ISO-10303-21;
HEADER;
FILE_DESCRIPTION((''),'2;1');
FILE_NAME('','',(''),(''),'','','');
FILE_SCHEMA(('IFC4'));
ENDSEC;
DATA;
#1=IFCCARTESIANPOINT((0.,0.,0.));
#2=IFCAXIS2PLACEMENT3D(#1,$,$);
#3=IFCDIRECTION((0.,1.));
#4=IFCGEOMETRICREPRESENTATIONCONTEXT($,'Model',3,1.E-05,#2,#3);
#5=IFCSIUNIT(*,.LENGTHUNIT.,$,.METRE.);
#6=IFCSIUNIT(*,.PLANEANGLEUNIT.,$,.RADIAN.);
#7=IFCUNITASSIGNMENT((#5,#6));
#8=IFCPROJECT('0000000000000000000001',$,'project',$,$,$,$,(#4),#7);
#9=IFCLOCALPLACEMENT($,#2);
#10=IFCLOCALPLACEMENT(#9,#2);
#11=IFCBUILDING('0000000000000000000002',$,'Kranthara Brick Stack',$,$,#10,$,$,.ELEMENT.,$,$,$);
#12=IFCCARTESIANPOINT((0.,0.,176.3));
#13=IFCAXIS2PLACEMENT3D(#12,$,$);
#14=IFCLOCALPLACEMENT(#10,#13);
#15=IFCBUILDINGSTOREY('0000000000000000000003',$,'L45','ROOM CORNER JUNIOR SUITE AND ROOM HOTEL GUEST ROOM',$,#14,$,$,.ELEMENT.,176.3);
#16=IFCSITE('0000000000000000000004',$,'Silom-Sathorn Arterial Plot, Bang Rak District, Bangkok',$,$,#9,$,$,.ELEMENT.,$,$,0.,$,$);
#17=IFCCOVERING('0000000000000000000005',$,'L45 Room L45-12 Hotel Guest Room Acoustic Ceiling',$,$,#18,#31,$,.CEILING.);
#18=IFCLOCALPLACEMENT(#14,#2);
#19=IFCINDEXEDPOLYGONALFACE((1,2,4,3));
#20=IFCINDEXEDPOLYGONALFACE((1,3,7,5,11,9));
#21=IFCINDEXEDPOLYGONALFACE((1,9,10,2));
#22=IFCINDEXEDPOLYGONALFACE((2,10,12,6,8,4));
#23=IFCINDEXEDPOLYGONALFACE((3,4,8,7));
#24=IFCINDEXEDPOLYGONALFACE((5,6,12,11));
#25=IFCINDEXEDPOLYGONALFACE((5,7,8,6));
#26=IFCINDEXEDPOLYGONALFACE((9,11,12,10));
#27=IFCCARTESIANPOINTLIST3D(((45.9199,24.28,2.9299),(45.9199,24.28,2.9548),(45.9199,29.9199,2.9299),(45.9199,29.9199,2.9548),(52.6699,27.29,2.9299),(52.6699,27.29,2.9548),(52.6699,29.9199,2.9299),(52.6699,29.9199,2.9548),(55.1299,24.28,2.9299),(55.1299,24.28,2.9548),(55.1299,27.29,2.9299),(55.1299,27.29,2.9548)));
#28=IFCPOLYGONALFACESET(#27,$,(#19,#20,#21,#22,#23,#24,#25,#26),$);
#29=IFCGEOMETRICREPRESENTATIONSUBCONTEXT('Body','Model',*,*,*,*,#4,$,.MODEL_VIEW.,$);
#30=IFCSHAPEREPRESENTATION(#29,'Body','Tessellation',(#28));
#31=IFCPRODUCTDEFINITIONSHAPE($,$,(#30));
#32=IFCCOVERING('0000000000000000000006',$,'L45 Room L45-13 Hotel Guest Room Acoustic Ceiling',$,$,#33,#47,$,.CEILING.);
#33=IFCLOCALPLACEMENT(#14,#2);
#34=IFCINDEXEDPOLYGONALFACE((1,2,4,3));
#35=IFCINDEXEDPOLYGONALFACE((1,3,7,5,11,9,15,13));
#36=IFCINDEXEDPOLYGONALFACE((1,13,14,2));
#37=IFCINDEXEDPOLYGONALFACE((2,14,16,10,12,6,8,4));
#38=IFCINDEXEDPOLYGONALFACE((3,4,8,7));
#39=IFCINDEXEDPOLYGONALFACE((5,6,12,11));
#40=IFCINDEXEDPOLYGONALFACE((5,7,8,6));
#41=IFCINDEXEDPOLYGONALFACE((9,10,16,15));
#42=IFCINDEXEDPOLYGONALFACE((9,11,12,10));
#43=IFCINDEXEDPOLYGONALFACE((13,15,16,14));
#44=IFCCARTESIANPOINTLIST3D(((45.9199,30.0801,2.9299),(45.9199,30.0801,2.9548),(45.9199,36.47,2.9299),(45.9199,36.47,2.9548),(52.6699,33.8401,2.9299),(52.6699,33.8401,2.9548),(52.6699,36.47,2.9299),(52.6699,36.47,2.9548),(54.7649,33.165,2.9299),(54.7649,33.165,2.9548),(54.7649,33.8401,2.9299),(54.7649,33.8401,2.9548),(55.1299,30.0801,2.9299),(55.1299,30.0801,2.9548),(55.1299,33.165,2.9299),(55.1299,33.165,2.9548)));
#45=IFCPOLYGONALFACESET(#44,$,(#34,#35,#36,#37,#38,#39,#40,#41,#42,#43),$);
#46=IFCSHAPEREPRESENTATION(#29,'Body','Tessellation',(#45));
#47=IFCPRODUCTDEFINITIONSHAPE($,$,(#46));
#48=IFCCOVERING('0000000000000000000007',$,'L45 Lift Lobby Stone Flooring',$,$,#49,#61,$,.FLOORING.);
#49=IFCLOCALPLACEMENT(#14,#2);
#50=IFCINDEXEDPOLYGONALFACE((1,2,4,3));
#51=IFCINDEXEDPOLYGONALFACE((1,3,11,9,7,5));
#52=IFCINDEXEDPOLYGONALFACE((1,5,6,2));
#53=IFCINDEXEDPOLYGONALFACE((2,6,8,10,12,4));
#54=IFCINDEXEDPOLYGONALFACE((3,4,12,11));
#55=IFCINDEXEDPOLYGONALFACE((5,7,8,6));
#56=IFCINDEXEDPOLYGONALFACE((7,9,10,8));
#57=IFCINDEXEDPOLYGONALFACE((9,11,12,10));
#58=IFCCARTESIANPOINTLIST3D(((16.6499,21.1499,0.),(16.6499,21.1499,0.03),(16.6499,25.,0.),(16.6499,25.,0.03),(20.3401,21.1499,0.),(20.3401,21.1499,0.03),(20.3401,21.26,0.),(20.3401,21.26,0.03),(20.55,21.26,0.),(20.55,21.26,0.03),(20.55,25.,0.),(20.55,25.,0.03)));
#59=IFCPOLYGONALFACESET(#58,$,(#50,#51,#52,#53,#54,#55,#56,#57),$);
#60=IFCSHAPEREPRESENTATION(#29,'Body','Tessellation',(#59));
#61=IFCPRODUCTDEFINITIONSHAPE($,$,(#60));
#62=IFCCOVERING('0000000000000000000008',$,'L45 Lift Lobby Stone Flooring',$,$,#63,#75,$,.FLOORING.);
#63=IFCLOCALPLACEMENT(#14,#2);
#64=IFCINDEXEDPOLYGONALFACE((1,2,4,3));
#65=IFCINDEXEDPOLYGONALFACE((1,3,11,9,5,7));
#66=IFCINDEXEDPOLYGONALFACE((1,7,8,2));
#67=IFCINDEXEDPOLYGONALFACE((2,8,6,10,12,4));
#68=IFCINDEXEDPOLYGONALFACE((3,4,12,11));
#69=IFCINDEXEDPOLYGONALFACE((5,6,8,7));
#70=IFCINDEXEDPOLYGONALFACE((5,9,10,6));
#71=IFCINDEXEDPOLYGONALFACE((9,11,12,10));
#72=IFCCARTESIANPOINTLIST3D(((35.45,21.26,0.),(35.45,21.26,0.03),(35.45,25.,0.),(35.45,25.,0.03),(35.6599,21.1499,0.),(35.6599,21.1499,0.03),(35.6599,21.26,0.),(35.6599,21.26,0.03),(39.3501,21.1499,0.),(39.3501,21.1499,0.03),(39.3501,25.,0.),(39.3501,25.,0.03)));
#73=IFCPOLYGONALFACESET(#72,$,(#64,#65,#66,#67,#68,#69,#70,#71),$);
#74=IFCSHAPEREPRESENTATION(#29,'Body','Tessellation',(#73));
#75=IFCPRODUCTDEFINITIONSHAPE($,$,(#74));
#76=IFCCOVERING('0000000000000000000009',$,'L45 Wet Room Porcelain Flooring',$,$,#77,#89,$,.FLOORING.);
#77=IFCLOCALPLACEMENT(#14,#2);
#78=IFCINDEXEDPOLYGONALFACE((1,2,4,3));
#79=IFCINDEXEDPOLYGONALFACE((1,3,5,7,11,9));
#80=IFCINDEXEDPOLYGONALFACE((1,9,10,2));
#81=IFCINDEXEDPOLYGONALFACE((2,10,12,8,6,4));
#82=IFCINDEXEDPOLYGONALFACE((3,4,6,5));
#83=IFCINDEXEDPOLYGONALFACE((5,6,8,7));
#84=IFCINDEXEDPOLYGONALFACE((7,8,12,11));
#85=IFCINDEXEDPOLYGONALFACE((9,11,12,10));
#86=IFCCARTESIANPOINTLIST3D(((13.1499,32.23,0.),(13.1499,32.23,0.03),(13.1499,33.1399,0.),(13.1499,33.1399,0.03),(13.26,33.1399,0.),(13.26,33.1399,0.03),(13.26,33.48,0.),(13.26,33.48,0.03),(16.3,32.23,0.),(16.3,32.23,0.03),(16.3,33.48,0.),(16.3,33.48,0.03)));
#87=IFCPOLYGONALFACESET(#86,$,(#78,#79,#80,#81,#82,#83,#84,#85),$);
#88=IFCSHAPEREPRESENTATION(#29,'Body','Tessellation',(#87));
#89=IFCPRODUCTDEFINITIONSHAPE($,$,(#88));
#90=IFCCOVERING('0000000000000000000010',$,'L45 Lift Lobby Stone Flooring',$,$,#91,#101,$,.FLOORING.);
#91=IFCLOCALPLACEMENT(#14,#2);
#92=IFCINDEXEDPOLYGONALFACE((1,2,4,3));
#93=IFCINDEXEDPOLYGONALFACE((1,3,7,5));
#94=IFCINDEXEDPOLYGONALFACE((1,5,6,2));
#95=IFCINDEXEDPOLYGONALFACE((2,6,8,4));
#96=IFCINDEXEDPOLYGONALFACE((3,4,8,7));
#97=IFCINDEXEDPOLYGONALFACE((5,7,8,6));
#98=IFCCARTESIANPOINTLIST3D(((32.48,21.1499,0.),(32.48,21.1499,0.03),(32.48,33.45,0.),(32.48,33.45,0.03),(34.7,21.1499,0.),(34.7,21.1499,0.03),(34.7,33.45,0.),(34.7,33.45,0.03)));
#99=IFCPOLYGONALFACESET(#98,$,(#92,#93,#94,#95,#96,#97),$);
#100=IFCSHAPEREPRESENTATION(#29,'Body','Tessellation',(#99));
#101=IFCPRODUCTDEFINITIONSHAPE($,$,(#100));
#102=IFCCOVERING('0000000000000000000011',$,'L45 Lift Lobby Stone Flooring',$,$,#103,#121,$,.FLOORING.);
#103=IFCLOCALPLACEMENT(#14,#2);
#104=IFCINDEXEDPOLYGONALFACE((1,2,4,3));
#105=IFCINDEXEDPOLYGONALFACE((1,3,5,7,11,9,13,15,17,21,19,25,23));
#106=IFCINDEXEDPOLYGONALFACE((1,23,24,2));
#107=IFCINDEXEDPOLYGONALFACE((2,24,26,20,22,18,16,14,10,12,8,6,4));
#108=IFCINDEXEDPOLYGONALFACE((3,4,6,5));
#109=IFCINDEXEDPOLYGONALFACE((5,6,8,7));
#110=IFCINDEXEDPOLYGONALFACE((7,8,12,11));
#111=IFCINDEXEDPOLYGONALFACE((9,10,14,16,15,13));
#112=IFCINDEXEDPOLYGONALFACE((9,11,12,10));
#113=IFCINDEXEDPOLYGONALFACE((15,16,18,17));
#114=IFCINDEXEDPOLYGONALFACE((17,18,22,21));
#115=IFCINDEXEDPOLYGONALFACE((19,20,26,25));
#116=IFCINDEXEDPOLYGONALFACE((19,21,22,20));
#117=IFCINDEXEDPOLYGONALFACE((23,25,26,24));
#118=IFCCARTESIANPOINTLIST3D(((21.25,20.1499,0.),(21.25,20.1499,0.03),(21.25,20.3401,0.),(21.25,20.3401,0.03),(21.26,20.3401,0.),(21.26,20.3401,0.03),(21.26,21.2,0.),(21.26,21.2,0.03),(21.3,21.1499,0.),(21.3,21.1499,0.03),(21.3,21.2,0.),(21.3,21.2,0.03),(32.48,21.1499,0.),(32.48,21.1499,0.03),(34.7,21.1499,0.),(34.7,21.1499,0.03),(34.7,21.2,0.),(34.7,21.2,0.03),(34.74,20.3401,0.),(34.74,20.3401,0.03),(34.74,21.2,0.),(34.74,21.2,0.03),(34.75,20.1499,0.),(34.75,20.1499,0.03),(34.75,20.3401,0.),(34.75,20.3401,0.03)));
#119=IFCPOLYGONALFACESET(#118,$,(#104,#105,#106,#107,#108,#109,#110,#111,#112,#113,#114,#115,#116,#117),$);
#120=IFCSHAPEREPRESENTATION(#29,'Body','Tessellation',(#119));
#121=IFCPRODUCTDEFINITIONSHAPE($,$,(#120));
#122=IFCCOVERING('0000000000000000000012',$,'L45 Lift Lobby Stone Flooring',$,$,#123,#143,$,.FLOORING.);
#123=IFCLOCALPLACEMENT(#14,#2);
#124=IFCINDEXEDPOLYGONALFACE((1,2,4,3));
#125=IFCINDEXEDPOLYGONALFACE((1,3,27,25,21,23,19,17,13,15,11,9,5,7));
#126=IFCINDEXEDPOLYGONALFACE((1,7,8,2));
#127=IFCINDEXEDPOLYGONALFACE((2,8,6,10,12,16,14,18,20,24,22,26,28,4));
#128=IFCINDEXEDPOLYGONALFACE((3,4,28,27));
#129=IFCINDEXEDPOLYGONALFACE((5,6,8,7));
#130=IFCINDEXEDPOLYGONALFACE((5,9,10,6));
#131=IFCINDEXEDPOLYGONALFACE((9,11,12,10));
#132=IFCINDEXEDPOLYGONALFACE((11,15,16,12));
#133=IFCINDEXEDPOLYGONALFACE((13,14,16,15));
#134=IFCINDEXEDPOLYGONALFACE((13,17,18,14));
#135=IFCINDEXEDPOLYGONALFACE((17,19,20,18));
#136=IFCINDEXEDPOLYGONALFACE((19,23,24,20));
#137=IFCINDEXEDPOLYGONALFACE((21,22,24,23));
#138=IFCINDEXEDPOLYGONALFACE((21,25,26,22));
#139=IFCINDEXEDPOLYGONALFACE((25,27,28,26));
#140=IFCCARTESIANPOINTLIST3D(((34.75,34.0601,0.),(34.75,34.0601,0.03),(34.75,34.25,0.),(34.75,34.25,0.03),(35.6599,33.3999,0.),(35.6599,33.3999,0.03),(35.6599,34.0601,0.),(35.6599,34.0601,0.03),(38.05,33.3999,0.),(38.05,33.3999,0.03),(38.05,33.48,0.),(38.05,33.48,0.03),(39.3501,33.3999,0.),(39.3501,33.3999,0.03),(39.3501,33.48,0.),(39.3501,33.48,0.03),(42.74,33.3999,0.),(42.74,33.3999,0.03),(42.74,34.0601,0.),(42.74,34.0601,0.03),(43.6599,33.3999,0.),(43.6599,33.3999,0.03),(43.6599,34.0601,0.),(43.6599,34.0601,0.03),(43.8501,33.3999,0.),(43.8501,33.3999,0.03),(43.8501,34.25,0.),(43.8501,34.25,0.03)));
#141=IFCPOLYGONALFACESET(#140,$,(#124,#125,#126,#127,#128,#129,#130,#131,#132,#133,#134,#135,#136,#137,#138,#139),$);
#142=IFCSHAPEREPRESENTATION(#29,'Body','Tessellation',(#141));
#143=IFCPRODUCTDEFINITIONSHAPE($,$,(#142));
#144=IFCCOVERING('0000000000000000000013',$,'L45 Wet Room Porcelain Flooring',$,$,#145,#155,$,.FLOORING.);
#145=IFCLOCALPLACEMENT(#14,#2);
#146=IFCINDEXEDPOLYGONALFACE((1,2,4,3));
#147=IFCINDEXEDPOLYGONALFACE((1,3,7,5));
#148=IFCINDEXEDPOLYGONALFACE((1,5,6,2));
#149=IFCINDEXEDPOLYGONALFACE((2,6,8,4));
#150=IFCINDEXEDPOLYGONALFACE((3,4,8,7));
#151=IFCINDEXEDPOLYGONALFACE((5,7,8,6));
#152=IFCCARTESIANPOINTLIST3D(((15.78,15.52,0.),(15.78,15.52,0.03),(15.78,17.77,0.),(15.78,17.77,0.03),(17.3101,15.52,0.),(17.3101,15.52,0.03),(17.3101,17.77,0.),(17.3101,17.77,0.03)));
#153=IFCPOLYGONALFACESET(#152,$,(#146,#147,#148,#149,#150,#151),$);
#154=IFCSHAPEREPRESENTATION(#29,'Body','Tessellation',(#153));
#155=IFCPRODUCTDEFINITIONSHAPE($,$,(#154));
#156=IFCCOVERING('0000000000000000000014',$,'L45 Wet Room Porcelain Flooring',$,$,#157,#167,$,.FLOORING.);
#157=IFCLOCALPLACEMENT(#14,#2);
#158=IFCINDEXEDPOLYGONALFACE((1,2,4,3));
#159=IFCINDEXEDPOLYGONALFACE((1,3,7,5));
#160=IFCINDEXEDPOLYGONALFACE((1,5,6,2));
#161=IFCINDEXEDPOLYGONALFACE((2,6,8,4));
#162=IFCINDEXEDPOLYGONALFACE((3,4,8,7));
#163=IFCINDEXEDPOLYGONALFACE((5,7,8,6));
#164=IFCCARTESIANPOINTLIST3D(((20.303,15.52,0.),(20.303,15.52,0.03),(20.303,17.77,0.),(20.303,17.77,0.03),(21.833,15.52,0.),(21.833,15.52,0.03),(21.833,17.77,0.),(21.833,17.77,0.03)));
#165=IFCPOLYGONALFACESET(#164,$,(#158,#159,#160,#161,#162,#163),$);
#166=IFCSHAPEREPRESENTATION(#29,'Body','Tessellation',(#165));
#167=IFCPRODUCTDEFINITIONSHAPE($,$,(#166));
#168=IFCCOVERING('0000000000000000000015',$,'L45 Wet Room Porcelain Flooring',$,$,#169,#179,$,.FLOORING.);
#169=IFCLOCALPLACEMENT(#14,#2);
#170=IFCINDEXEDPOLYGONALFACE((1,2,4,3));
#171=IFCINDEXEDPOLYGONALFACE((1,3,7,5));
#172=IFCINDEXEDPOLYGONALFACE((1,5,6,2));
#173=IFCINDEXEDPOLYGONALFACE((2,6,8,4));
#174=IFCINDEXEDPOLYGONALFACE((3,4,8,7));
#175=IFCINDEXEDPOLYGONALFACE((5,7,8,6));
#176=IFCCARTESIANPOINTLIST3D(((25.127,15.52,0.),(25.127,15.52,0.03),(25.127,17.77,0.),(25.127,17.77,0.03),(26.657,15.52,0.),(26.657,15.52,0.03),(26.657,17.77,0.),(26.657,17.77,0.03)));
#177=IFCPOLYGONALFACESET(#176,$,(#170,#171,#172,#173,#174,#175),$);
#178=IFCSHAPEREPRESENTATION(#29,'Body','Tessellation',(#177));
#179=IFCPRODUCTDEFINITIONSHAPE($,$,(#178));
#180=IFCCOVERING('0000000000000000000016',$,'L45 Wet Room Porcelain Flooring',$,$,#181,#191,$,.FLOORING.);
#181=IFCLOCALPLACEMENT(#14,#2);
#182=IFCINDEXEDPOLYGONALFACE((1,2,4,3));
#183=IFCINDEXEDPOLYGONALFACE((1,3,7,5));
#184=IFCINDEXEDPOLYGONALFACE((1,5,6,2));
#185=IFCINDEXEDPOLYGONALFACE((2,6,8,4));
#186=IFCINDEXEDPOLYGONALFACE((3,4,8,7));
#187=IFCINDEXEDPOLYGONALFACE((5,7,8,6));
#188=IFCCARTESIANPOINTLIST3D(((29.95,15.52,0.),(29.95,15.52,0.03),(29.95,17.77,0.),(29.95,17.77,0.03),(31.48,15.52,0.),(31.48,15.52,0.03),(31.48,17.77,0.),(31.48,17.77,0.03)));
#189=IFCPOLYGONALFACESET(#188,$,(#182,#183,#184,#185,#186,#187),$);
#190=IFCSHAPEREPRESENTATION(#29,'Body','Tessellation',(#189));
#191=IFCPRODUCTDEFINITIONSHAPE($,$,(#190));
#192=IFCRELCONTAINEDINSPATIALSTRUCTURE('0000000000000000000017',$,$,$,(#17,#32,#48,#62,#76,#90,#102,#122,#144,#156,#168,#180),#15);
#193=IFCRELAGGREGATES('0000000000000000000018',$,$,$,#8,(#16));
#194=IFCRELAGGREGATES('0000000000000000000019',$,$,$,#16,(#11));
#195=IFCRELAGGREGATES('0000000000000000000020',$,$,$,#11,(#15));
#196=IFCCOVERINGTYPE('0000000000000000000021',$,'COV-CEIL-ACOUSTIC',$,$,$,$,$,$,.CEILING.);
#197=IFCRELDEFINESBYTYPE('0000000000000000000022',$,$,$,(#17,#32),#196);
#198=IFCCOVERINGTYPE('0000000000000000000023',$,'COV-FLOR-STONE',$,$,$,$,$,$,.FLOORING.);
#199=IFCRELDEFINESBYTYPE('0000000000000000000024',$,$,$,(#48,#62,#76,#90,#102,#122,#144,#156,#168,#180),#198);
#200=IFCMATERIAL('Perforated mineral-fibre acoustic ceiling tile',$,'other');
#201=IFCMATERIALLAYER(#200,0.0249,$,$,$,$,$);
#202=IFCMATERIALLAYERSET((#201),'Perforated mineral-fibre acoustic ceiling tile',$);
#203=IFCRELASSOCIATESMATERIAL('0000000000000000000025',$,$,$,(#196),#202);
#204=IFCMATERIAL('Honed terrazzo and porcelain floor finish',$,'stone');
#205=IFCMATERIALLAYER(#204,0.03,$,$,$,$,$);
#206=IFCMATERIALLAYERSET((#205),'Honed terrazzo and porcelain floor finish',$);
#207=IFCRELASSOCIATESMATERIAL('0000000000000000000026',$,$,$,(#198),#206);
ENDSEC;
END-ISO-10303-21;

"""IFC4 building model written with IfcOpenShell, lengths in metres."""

from ifc_helpers import new_model, si_unit, direction, frame, origin, place, context, subcontext, project, spatial, polyline, outline, extrude, material, layer, layer_set, type_object, element, save


model = new_model("IFC4")

# Units and contexts
model_context = context("Model", 3, precision=1e-05, world=origin(), true_north=direction((0.0, 1.0)))
body_context = subcontext(model_context, "Body", "Model", "MODEL_VIEW")
ifc_project = project(units=[si_unit("LENGTHUNIT", "METRE"), si_unit("PLANEANGLEUNIT", "RADIAN")], contexts=[model_context])

# Site, building, storey
site_placement = place(None, origin())
site = spatial("IfcSite", under=ifc_project, at=site_placement, Name="Silom-Sathorn Arterial Plot, Bang Rak District, Bangkok", CompositionType="ELEMENT", RefElevation=0.0)
building_placement = place(site_placement, origin())
building = spatial("IfcBuilding", under=site, at=building_placement, Name="Kranthara Brick Stack", CompositionType="ELEMENT")
storey_placement = place(building_placement, frame((0.0, 0.0, 176.3)))
storey = spatial("IfcBuildingStorey", under=building, at=storey_placement, Name="L45", Description="ROOM CORNER JUNIOR SUITE AND ROOM HOTEL GUEST ROOM", CompositionType="ELEMENT", Elevation=176.3)

# Coverings
ifc_material_1 = material(Name="Perforated mineral-fibre acoustic ceiling tile", Category="other")
ifc_layer_1 = layer(ifc_material_1, 0.0249)
ifc_layer_set_1 = layer_set([ifc_layer_1], Name="Perforated mineral-fibre acoustic ceiling tile")
covering_type_1 = type_object("IfcCoveringType", Name="COV-CEIL-ACOUSTIC", PredefinedType="CEILING", material=ifc_layer_set_1)
covering_1_placement = place(storey_placement, frame((0.0, 0.0, 2.9299)))
element("IfcCovering", 1, at=covering_1_placement, inside=storey, type_object=covering_type_1, Name="L45 Room L45-12 Hotel Guest Room Acoustic Ceiling", PredefinedType="CEILING", context=body_context, shape_type="SweptSolid", body=[
    extrude(outline(polyline([(45.9199, 24.28), (55.1299, 24.28), (55.1299, 27.29), (52.6699, 27.29), (52.6699, 29.9199), (45.9199, 29.9199), (45.9199, 24.28)])), origin(), (0.0, 0.0, 1.0), 0.0249),
])
covering_2_placement = place(storey_placement, frame((0.0, 0.0, 2.9299)))
element("IfcCovering", 2, at=covering_2_placement, inside=storey, type_object=covering_type_1, Name="L45 Room L45-13 Hotel Guest Room Acoustic Ceiling", PredefinedType="CEILING", context=body_context, shape_type="SweptSolid", body=[
    extrude(outline(polyline([(55.1299, 30.0801), (45.9199, 30.0801), (45.9199, 36.47), (52.6699, 36.47), (52.6699, 33.8401), (54.7649, 33.8401), (54.7649, 33.165), (55.1299, 33.165), (55.1299, 30.0801)])), origin(), (0.0, 0.0, 1.0), 0.0249),
])
ifc_material_2 = material(Name="Honed terrazzo and porcelain floor finish", Category="stone")
ifc_layer_2 = layer(ifc_material_2, 0.03)
ifc_layer_set_2 = layer_set([ifc_layer_2], Name="Honed terrazzo and porcelain floor finish")
covering_type_2 = type_object("IfcCoveringType", Name="COV-FLOR-STONE", PredefinedType="FLOORING", material=ifc_layer_set_2)
covering_3_placement = place(storey_placement, origin())
element("IfcCovering", 3, at=covering_3_placement, inside=storey, type_object=covering_type_2, Name="L45 Lift Lobby Stone Flooring", PredefinedType="FLOORING", context=body_context, shape_type="SweptSolid", body=[
    extrude(outline(polyline([(16.6499, 21.1499), (16.6499, 25.0), (20.55, 25.0), (20.55, 21.26), (20.3401, 21.26), (20.3401, 21.1499), (16.6499, 21.1499)])), origin(), (0.0, 0.0, 1.0), 0.03),
])
covering_4_placement = place(storey_placement, origin())
element("IfcCovering", 4, at=covering_4_placement, inside=storey, type_object=covering_type_2, Name="L45 Lift Lobby Stone Flooring", PredefinedType="FLOORING", context=body_context, shape_type="SweptSolid", body=[
    extrude(outline(polyline([(35.45, 25.0), (39.3501, 25.0), (39.3501, 21.1499), (35.6599, 21.1499), (35.6599, 21.26), (35.45, 21.26), (35.45, 25.0)])), origin(), (0.0, 0.0, 1.0), 0.03),
])
covering_5_placement = place(storey_placement, origin())
element("IfcCovering", 5, at=covering_5_placement, inside=storey, type_object=covering_type_2, Name="L45 Wet Room Porcelain Flooring", PredefinedType="FLOORING", context=body_context, shape_type="SweptSolid", body=[
    extrude(outline(polyline([(16.3, 33.48), (16.3, 32.23), (13.1499, 32.23), (13.1499, 33.1399), (13.26, 33.1399), (13.26, 33.48), (16.3, 33.48)])), origin(), (0.0, 0.0, 1.0), 0.03),
])
covering_6_placement = place(storey_placement, origin())
element("IfcCovering", 6, at=covering_6_placement, inside=storey, type_object=covering_type_2, Name="L45 Lift Lobby Stone Flooring", PredefinedType="FLOORING", context=body_context, shape_type="SweptSolid", body=[
    extrude(outline(polyline([(34.7, 21.1499), (34.7, 33.45), (32.48, 33.45), (32.48, 21.1499), (34.7, 21.1499)])), origin(), (0.0, 0.0, 1.0), 0.03),
])
covering_7_placement = place(storey_placement, origin())
element("IfcCovering", 7, at=covering_7_placement, inside=storey, type_object=covering_type_2, Name="L45 Lift Lobby Stone Flooring", PredefinedType="FLOORING", context=body_context, shape_type="SweptSolid", body=[
    extrude(outline(polyline([(21.25, 20.3401), (21.26, 20.3401), (21.26, 21.2), (21.3, 21.2), (21.3, 21.1499), (32.48, 21.1499), (34.7, 21.1499), (34.7, 21.2), (34.74, 21.2), (34.74, 20.3401), (34.75, 20.3401), (34.75, 20.1499), (21.25, 20.1499), (21.25, 20.3401)])), origin(), (0.0, 0.0, 1.0), 0.03),
])
covering_8_placement = place(storey_placement, origin())
element("IfcCovering", 8, at=covering_8_placement, inside=storey, type_object=covering_type_2, Name="L45 Lift Lobby Stone Flooring", PredefinedType="FLOORING", context=body_context, shape_type="SweptSolid", body=[
    extrude(outline(polyline([(43.6599, 33.3999), (43.6599, 34.0601), (42.74, 34.0601), (42.74, 33.3999), (39.3501, 33.3999), (39.3501, 33.48), (38.05, 33.48), (38.05, 33.3999), (35.6599, 33.3999), (35.6599, 34.0601), (34.75, 34.0601), (34.75, 34.25), (43.8501, 34.25), (43.8501, 33.3999), (43.6599, 33.3999)])), origin(), (0.0, 0.0, 1.0), 0.03),
])
covering_9_placement = place(storey_placement, origin())
element("IfcCovering", 9, at=covering_9_placement, inside=storey, type_object=covering_type_2, Name="L45 Wet Room Porcelain Flooring", PredefinedType="FLOORING", context=body_context, shape_type="SweptSolid", body=[
    extrude(outline(polyline([(15.78, 15.52), (15.78, 17.77), (17.3101, 17.77), (17.3101, 15.52), (15.78, 15.52)])), origin(), (0.0, 0.0, 1.0), 0.03),
])
covering_10_placement = place(storey_placement, origin())
element("IfcCovering", 10, at=covering_10_placement, inside=storey, type_object=covering_type_2, Name="L45 Wet Room Porcelain Flooring", PredefinedType="FLOORING", context=body_context, shape_type="SweptSolid", body=[
    extrude(outline(polyline([(20.303, 15.52), (20.303, 17.77), (21.833, 17.77), (21.833, 15.52), (20.303, 15.52)])), origin(), (0.0, 0.0, 1.0), 0.03),
])
covering_11_placement = place(storey_placement, origin())
element("IfcCovering", 11, at=covering_11_placement, inside=storey, type_object=covering_type_2, Name="L45 Wet Room Porcelain Flooring", PredefinedType="FLOORING", context=body_context, shape_type="SweptSolid", body=[
    extrude(outline(polyline([(25.127, 15.52), (25.127, 17.77), (26.657, 17.77), (26.657, 15.52), (25.127, 15.52)])), origin(), (0.0, 0.0, 1.0), 0.03),
])
covering_12_placement = place(storey_placement, origin())
element("IfcCovering", 12, at=covering_12_placement, inside=storey, type_object=covering_type_2, Name="L45 Wet Room Porcelain Flooring", PredefinedType="FLOORING", context=body_context, shape_type="SweptSolid", body=[
    extrude(outline(polyline([(29.95, 15.52), (29.95, 17.77), (31.48, 17.77), (31.48, 15.52), (29.95, 15.52)])), origin(), (0.0, 0.0, 1.0), 0.03),
])

save(model, "model.ifc")
